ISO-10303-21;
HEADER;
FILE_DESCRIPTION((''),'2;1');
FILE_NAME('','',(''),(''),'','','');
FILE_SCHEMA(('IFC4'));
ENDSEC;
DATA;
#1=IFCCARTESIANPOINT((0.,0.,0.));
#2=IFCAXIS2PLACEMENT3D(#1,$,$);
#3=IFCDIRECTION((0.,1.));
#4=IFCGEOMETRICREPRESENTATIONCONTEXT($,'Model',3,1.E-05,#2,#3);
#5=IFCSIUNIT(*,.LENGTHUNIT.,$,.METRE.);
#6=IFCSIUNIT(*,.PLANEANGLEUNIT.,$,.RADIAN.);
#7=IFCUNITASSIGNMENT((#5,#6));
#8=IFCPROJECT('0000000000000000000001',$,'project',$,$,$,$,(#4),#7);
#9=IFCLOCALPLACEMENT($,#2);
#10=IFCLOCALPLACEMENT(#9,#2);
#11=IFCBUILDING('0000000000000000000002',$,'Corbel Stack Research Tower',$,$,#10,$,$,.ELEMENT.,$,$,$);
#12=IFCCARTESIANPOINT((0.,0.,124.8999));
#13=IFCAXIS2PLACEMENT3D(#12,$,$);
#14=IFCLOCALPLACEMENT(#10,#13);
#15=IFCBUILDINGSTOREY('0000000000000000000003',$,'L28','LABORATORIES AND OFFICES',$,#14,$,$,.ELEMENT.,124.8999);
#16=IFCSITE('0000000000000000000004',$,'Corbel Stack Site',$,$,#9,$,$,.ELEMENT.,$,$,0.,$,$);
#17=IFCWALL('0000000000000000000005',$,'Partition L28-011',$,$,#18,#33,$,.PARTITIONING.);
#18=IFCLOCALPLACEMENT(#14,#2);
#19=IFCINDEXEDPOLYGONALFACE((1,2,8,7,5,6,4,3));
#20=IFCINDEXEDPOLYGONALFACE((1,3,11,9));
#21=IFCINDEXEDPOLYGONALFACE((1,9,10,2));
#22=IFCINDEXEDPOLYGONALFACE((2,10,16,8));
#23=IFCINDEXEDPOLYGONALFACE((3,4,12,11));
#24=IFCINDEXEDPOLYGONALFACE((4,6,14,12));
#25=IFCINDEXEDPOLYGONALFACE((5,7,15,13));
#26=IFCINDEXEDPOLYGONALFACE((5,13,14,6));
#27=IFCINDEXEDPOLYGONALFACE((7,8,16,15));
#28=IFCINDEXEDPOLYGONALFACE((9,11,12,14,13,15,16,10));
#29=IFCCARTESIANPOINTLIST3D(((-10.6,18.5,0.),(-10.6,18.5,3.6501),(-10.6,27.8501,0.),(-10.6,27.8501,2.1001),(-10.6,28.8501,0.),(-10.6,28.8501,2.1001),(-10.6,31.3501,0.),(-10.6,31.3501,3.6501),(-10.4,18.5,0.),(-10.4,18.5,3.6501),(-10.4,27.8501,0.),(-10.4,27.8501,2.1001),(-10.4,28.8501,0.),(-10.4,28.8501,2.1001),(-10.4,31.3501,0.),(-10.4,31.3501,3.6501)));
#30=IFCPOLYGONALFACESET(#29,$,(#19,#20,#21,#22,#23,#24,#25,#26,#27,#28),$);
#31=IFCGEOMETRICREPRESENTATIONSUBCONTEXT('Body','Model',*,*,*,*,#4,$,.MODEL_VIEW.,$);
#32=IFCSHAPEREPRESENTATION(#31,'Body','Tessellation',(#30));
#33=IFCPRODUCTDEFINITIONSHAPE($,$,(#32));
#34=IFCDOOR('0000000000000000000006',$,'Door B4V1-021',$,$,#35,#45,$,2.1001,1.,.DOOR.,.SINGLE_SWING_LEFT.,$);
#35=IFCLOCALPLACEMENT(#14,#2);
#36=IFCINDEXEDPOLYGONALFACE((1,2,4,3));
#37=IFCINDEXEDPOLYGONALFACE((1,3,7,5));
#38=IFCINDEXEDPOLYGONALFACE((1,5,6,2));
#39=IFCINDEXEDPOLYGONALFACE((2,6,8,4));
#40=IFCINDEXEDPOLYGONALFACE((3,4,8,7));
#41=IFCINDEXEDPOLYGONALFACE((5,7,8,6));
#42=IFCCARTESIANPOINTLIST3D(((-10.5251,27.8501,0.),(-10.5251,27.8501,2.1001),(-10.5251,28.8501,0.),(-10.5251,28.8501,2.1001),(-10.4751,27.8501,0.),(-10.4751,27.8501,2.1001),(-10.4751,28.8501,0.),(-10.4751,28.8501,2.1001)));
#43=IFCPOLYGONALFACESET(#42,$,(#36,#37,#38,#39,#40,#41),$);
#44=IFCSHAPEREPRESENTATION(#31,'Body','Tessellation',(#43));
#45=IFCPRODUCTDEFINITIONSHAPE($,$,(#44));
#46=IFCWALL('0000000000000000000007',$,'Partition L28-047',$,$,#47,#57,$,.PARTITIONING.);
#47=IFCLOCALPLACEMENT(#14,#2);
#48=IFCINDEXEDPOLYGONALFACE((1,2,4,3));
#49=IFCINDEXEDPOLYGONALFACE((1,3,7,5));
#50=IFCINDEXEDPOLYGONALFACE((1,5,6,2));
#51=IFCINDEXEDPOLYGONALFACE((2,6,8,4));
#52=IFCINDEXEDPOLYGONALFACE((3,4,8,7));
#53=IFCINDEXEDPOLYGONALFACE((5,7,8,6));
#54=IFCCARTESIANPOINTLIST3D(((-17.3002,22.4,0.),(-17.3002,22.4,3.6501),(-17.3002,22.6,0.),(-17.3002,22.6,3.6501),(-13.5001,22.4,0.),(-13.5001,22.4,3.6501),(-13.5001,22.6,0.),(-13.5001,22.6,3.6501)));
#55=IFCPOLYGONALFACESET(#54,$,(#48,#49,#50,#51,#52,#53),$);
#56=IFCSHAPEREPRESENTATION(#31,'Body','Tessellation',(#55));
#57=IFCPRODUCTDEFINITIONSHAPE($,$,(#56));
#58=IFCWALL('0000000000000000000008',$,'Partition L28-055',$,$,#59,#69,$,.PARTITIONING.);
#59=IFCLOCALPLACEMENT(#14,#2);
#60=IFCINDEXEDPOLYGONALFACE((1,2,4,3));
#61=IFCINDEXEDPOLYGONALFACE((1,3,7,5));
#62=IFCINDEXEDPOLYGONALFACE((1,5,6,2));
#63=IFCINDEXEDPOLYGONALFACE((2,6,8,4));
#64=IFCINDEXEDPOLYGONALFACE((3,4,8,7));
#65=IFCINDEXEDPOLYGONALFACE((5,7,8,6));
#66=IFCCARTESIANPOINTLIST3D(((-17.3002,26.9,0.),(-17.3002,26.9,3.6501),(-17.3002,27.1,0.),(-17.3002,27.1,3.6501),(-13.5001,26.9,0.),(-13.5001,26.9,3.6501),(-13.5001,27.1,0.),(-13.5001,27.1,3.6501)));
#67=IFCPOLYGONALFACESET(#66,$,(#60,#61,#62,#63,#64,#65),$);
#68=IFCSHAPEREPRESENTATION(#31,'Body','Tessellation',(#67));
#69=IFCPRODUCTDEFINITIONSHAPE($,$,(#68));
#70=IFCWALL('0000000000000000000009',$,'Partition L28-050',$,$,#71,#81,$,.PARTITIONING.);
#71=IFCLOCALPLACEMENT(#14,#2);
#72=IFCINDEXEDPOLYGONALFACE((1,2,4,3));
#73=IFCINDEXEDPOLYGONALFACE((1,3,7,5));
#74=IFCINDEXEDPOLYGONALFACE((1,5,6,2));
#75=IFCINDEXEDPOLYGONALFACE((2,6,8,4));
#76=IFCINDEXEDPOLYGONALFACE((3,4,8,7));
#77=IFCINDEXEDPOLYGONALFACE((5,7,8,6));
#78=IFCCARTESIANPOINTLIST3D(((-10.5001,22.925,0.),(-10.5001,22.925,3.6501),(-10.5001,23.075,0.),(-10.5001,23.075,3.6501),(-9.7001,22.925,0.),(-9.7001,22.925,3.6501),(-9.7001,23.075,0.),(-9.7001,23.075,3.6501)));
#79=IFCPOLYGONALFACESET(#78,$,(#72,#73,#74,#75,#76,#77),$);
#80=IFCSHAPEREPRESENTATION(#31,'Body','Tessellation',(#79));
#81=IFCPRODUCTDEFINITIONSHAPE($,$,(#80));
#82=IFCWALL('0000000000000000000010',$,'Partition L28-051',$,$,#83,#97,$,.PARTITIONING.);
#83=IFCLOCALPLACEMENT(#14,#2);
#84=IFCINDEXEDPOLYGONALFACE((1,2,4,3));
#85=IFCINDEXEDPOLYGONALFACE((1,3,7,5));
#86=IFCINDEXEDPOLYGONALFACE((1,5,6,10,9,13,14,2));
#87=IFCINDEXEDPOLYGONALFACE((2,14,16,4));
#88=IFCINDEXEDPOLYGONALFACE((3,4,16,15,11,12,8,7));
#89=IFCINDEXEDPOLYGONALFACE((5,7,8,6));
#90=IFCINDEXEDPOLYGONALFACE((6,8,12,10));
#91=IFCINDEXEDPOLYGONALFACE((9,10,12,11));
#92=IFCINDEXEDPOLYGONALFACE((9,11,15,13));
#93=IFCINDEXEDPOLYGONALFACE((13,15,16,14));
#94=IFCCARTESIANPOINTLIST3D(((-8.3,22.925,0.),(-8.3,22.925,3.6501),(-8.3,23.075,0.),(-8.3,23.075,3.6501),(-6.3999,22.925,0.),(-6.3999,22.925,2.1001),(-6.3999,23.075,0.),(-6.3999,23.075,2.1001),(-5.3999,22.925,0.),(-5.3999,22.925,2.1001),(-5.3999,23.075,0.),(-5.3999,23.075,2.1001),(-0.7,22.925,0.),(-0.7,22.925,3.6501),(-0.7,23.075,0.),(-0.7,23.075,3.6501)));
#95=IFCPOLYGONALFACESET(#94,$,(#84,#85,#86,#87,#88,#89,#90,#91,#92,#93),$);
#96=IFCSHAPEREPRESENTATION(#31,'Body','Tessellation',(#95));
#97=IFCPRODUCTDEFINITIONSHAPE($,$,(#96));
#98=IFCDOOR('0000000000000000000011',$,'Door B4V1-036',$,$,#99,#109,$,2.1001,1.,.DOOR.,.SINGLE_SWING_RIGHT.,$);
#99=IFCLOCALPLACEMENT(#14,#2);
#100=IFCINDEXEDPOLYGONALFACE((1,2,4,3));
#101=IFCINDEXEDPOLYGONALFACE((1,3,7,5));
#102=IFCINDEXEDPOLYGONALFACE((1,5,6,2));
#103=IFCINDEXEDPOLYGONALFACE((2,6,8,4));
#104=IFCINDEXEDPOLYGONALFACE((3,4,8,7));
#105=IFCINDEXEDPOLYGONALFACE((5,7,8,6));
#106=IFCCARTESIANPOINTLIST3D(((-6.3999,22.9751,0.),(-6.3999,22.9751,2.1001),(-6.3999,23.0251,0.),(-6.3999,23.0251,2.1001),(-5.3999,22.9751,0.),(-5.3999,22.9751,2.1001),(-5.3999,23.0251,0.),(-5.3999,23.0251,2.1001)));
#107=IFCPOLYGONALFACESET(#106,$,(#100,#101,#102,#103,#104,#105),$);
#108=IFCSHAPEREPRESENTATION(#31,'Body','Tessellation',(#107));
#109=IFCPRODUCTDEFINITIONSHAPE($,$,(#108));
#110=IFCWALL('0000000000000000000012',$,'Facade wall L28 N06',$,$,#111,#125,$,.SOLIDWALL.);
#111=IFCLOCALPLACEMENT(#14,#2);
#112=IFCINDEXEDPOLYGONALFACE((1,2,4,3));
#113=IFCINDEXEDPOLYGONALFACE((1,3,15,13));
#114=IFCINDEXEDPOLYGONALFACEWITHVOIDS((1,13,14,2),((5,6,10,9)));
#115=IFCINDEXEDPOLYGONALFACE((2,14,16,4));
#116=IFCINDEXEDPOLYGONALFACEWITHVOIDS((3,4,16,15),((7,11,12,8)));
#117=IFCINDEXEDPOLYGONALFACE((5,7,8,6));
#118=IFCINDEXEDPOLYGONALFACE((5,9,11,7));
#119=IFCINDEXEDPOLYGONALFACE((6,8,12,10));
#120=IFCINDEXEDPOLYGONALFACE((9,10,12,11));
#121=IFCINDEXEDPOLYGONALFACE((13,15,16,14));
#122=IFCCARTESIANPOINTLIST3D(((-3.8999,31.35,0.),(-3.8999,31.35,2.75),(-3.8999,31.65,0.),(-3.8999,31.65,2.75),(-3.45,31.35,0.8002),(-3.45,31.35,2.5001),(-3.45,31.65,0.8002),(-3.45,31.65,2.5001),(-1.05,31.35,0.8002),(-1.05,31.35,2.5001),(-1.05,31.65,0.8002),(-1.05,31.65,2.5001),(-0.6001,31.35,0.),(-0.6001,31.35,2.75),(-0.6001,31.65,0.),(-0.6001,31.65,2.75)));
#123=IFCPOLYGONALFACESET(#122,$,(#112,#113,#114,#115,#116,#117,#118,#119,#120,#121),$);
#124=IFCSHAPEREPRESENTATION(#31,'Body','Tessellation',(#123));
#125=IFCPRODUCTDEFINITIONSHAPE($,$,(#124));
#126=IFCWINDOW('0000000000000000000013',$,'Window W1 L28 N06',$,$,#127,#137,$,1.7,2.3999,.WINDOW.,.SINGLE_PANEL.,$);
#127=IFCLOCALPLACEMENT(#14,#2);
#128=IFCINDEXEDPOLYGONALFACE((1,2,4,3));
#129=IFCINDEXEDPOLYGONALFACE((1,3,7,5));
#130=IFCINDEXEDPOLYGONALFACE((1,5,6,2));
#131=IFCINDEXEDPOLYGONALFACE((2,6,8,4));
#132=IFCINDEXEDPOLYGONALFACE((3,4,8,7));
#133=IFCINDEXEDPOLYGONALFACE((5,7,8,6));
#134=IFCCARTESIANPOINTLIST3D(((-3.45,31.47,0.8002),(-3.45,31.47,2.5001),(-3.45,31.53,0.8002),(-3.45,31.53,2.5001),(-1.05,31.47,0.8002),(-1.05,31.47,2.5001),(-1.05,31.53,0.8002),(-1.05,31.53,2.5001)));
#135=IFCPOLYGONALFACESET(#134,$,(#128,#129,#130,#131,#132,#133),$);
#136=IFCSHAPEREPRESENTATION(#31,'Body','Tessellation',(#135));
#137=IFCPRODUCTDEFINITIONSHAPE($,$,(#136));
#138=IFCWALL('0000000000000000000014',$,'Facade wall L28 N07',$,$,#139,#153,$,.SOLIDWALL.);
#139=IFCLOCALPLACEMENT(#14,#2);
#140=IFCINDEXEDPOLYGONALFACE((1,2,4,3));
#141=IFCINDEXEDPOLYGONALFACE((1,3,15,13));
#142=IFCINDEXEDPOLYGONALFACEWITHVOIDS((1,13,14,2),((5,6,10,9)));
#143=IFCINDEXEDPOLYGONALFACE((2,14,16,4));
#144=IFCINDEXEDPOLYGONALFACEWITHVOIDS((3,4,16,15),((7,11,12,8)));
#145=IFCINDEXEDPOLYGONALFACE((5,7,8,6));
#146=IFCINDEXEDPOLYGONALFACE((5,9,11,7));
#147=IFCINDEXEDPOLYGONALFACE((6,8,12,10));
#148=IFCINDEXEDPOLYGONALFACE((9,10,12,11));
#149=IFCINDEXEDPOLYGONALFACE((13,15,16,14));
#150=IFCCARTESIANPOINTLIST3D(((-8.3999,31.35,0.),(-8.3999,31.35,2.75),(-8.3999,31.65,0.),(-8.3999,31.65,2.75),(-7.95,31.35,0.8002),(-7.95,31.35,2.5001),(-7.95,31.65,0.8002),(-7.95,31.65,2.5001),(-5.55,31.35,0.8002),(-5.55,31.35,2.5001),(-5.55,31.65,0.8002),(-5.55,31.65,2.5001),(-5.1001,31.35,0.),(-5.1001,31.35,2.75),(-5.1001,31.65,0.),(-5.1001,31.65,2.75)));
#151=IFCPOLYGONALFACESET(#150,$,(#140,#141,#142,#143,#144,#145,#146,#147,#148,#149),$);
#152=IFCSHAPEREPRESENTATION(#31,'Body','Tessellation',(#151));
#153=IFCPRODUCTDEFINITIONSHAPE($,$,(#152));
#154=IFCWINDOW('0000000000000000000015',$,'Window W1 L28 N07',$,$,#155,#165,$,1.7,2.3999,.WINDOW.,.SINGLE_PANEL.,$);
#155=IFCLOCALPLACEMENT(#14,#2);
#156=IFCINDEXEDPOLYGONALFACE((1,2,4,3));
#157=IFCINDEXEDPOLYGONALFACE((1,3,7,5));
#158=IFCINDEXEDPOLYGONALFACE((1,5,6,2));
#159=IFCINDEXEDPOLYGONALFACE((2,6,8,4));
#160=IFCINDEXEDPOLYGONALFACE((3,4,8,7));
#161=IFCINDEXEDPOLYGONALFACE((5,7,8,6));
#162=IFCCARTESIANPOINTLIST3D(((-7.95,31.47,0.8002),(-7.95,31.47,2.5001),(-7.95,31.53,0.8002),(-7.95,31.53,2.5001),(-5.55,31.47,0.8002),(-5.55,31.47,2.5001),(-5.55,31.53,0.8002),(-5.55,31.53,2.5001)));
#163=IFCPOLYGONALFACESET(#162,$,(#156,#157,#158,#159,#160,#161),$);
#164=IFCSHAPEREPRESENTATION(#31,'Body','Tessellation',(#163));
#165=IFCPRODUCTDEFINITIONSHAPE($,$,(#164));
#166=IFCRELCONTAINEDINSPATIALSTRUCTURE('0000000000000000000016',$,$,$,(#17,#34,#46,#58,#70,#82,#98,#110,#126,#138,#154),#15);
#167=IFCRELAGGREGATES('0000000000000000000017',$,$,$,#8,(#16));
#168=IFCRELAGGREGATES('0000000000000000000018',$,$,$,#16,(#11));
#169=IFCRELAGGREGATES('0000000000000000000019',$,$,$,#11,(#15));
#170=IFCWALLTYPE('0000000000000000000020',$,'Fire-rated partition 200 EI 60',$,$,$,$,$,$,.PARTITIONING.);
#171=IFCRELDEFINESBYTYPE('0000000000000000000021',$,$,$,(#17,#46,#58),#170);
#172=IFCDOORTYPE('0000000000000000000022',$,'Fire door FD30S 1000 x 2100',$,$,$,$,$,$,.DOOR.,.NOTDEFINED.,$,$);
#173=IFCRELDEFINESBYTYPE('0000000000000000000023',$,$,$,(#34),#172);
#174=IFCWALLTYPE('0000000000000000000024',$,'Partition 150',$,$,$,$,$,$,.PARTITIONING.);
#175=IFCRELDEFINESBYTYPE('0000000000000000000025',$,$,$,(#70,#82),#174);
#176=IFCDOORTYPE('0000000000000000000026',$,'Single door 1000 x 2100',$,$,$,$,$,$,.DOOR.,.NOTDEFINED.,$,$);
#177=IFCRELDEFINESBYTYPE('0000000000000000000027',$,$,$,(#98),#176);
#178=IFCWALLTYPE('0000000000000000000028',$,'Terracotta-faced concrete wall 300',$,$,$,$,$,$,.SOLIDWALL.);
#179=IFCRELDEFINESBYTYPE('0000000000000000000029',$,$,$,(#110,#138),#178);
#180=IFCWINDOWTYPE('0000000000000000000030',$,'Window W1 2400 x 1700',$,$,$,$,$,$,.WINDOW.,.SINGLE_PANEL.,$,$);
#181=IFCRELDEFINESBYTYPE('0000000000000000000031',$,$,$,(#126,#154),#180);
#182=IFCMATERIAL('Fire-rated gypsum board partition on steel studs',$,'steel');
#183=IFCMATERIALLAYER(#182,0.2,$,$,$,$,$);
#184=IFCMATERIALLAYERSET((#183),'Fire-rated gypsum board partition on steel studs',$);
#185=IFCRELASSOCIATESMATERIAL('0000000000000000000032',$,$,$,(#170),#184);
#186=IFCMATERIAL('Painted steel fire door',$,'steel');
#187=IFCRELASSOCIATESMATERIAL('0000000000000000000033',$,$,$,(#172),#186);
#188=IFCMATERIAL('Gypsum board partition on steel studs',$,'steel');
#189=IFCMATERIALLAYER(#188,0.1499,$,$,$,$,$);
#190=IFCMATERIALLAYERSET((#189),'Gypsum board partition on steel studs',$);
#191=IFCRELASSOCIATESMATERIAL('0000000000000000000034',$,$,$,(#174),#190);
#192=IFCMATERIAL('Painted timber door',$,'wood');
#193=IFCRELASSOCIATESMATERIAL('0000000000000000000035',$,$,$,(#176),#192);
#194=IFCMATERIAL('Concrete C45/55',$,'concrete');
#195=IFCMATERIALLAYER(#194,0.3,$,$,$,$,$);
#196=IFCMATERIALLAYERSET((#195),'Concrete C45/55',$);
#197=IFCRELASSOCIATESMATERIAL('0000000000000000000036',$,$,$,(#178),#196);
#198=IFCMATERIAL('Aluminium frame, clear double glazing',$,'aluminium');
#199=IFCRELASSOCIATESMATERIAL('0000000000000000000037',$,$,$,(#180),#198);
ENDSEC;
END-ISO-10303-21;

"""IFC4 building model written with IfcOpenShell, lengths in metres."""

from ifc_helpers import new_model, si_unit, direction, frame, frame_2d, origin, place, context, subcontext, project, spatial, rectangle, extrude, material, layer, layer_set, type_object, element, fill, save


model = new_model("IFC4")

# Units and contexts
model_context = context("Model", 3, precision=1e-05, world=origin(), true_north=direction((0.0, 1.0)))
body_context = subcontext(model_context, "Body", "Model", "MODEL_VIEW")
ifc_project = project(units=[si_unit("LENGTHUNIT", "METRE"), si_unit("PLANEANGLEUNIT", "RADIAN")], contexts=[model_context])

# Site, building, storey
site_placement = place(None, origin())
site = spatial("IfcSite", under=ifc_project, at=site_placement, Name="Corbel Stack Site", CompositionType="ELEMENT", RefElevation=0.0)
building_placement = place(site_placement, origin())
building = spatial("IfcBuilding", under=site, at=building_placement, Name="Corbel Stack Research Tower", CompositionType="ELEMENT")
storey_placement = place(building_placement, frame((0.0, 0.0, 124.8999)))
storey = spatial("IfcBuildingStorey", under=building, at=storey_placement, Name="L28", Description="LABORATORIES AND OFFICES", CompositionType="ELEMENT", Elevation=124.8999)

# Wall, opening, door
ifc_material_1 = material(Name="Fire-rated gypsum board partition on steel studs", Category="steel")
ifc_layer_1 = layer(ifc_material_1, 0.2)
ifc_layer_set_1 = layer_set([ifc_layer_1], Name="Fire-rated gypsum board partition on steel studs")
wall_type_1 = type_object("IfcWallType", Name="Fire-rated partition 200 EI 60", PredefinedType="PARTITIONING", material=ifc_layer_set_1)
wall_1_placement = place(storey_placement, frame((-10.5, 31.3501, 0.0), z_axis=(0.0, 0.0, 1.0), x_axis=(0.0, -1.0, 0.0)))
wall_1 = element("IfcWall", 1, at=wall_1_placement, inside=storey, type_object=wall_type_1, Name="Partition L28-011", PredefinedType="PARTITIONING", context=body_context, shape_type="SweptSolid", body=[
    extrude(rectangle(XDim=12.8501, YDim=0.2, at=frame_2d((6.425, 0.0))), origin(), (0.0, 0.0, 1.0), 3.6501),
])
opening_1_placement = place(wall_1_placement, frame((2.5, 0.0, 0.0)))
opening_1 = element("IfcOpeningElement", 2, at=opening_1_placement, cuts=wall_1, PredefinedType="OPENING", context=body_context, shape_type="SweptSolid", body=[
    extrude(rectangle(XDim=1.0, YDim=2.1001, at=frame_2d((0.5, 1.05))), frame((0.0, 0.1099, 0.0), z_axis=(0.0, -1.0, 0.0), x_axis=(1.0, 0.0, 0.0)), (0.0, 0.0, 1.0), 0.22),
])
ifc_material_2 = material(Name="Painted steel fire door", Category="steel")
door_type_1 = type_object("IfcDoorType", Name="Fire door FD30S 1000 x 2100", OperationType="NOTDEFINED", PredefinedType="DOOR", material=ifc_material_2)
door_1_placement = place(opening_1_placement, origin())
door_1 = element("IfcDoor", 3, at=door_1_placement, inside=storey, type_object=door_type_1, Name="Door B4V1-021", OperationType="SINGLE_SWING_LEFT", OverallHeight=2.1001, OverallWidth=1.0, PredefinedType="DOOR", context=body_context, shape_type="SweptSolid", body=[
    extrude(rectangle(XDim=1.0, YDim=2.1001, at=frame_2d((0.5, 1.05))), frame((0.0, 0.0249, 0.0), z_axis=(0.0, -1.0, 0.0), x_axis=(1.0, 0.0, 0.0)), (0.0, 0.0, 1.0), 0.05),
])
fill(opening_1, door_1)

# Walls
for number, where, z_axis, x_axis, name in (
    (4, (-17.3, 22.5, 0.0), (0.0, 0.0, 1.0), (1.0, 0.0, 0.0), "Partition L28-047"),
    (5, (-17.3, 27.0, 0.0), (0.0, 0.0, 1.0), (1.0, 0.0, 0.0), "Partition L28-055"),
):
    element("IfcWall", number, at=place(storey_placement, frame(where, z_axis=z_axis, x_axis=x_axis)), inside=storey, type_object=wall_type_1, Name=name, PredefinedType="PARTITIONING", context=body_context, shape_type="SweptSolid", body=[
        extrude(rectangle(XDim=3.8, YDim=0.2, at=frame_2d((1.8999, 0.0))), origin(), (0.0, 0.0, 1.0), 3.6501),
    ])
ifc_material_3 = material(Name="Gypsum board partition on steel studs", Category="steel")
ifc_layer_2 = layer(ifc_material_3, 0.1499)
ifc_layer_set_2 = layer_set([ifc_layer_2], Name="Gypsum board partition on steel studs")
wall_type_2 = type_object("IfcWallType", Name="Partition 150", PredefinedType="PARTITIONING", material=ifc_layer_set_2)
wall_2_placement = place(storey_placement, frame((-10.5, 23.0, 0.0), z_axis=(0.0, 0.0, 1.0), x_axis=(1.0, 0.0, 0.0)))
element("IfcWall", 6, at=wall_2_placement, inside=storey, type_object=wall_type_2, Name="Partition L28-050", PredefinedType="PARTITIONING", context=body_context, shape_type="SweptSolid", body=[
    extrude(rectangle(XDim=0.8, YDim=0.1499, at=frame_2d((0.3999, 0.0))), origin(), (0.0, 0.0, 1.0), 3.6501),
])

# Wall, opening, door
wall_3_placement = place(storey_placement, frame((-0.7, 23.0, 0.0), z_axis=(0.0, 0.0, 1.0), x_axis=(-1.0, 0.0, 0.0)))
wall_3 = element("IfcWall", 7, at=wall_3_placement, inside=storey, type_object=wall_type_2, Name="Partition L28-051", PredefinedType="PARTITIONING", context=body_context, shape_type="SweptSolid", body=[
    extrude(rectangle(XDim=7.6001, YDim=0.1499, at=frame_2d((3.8, 0.0))), origin(), (0.0, 0.0, 1.0), 3.6501),
])
opening_2_placement = place(wall_3_placement, frame((4.7, 0.0, 0.0)))
opening_2 = element("IfcOpeningElement", 8, at=opening_2_placement, cuts=wall_3, PredefinedType="OPENING", context=body_context, shape_type="SweptSolid", body=[
    extrude(rectangle(XDim=1.0, YDim=2.1001, at=frame_2d((0.5, 1.05))), frame((0.0, 0.085, 0.0), z_axis=(0.0, -1.0, 0.0), x_axis=(1.0, 0.0, 0.0)), (0.0, 0.0, 1.0), 0.1699),
])
ifc_material_4 = material(Name="Painted timber door", Category="wood")
door_type_2 = type_object("IfcDoorType", Name="Single door 1000 x 2100", OperationType="NOTDEFINED", PredefinedType="DOOR", material=ifc_material_4)
door_2_placement = place(opening_2_placement, origin())
door_2 = element("IfcDoor", 9, at=door_2_placement, inside=storey, type_object=door_type_2, Name="Door B4V1-036", OperationType="SINGLE_SWING_RIGHT", OverallHeight=2.1001, OverallWidth=1.0, PredefinedType="DOOR", context=body_context, shape_type="SweptSolid", body=[
    extrude(rectangle(XDim=1.0, YDim=2.1001, at=frame_2d((0.5, 1.05))), frame((0.0, 0.0249, 0.0), z_axis=(0.0, -1.0, 0.0), x_axis=(1.0, 0.0, 0.0)), (0.0, 0.0, 1.0), 0.05),
])
fill(opening_2, door_2)

# Walls, openings, windows
ifc_material_5 = material(Name="Concrete C45/55", Category="concrete")
ifc_layer_3 = layer(ifc_material_5, 0.3)
ifc_layer_set_3 = layer_set([ifc_layer_3], Name="Concrete C45/55")
wall_type_3 = type_object("IfcWallType", Name="Terracotta-faced concrete wall 300", PredefinedType="SOLIDWALL", material=ifc_layer_set_3)
wall_4_placement = place(storey_placement, frame((-3.8999, 31.5, 0.0), z_axis=(0.0, 0.0, 1.0), x_axis=(1.0, 0.0, 0.0)))
wall_4 = element("IfcWall", 10, at=wall_4_placement, inside=storey, type_object=wall_type_3, Name="Facade wall L28 N06", PredefinedType="SOLIDWALL", context=body_context, shape_type="SweptSolid", body=[
    extrude(rectangle(XDim=3.2998, YDim=0.3, at=frame_2d((1.6499, 0.0))), origin(), (0.0, 0.0, 1.0), 2.75),
])
opening_3_placement = place(wall_4_placement, frame((0.45, 0.0, 0.8)))
opening_3 = element("IfcOpeningElement", 11, at=opening_3_placement, cuts=wall_4, PredefinedType="OPENING", context=body_context, shape_type="SweptSolid", body=[
    extrude(rectangle(XDim=2.3999, YDim=1.7, at=frame_2d((1.2, 0.8501))), frame((0.0, 0.1599, 0.0), z_axis=(0.0, -1.0, 0.0), x_axis=(1.0, 0.0, 0.0)), (0.0, 0.0, 1.0), 0.3201),
])
ifc_material_6 = material(Name="Aluminium frame, clear double glazing", Category="aluminium")
window_type_1 = type_object("IfcWindowType", Name="Window W1 2400 x 1700", PartitioningType="SINGLE_PANEL", PredefinedType="WINDOW", material=ifc_material_6)
window_1_placement = place(opening_3_placement, origin())
window_1 = element("IfcWindow", 12, at=window_1_placement, inside=storey, type_object=window_type_1, Name="Window W1 L28 N06", OverallHeight=1.7, OverallWidth=2.3999, PartitioningType="SINGLE_PANEL", PredefinedType="WINDOW", context=body_context, shape_type="SweptSolid", body=[
    extrude(rectangle(XDim=2.3999, YDim=1.7, at=frame_2d((1.2, 0.8501))), frame((0.0, 0.03, 0.0), z_axis=(0.0, -1.0, 0.0), x_axis=(1.0, 0.0, 0.0)), (0.0, 0.0, 1.0), 0.0601),
])
fill(opening_3, window_1)
wall_5_placement = place(storey_placement, frame((-8.3999, 31.5, 0.0), z_axis=(0.0, 0.0, 1.0), x_axis=(1.0, 0.0, 0.0)))
wall_5 = element("IfcWall", 13, at=wall_5_placement, inside=storey, type_object=wall_type_3, Name="Facade wall L28 N07", PredefinedType="SOLIDWALL", context=body_context, shape_type="SweptSolid", body=[
    extrude(rectangle(XDim=3.2998, YDim=0.3, at=frame_2d((1.6499, 0.0))), origin(), (0.0, 0.0, 1.0), 2.75),
])
opening_4_placement = place(wall_5_placement, frame((0.45, 0.0, 0.8)))
opening_4 = element("IfcOpeningElement", 14, at=opening_4_placement, cuts=wall_5, PredefinedType="OPENING", context=body_context, shape_type="SweptSolid", body=[
    extrude(rectangle(XDim=2.3999, YDim=1.7, at=frame_2d((1.2, 0.8501))), frame((0.0, 0.1599, 0.0), z_axis=(0.0, -1.0, 0.0), x_axis=(1.0, 0.0, 0.0)), (0.0, 0.0, 1.0), 0.3201),
])
window_2_placement = place(opening_4_placement, origin())
window_2 = element("IfcWindow", 15, at=window_2_placement, inside=storey, type_object=window_type_1, Name="Window W1 L28 N07", OverallHeight=1.7, OverallWidth=2.3999, PartitioningType="SINGLE_PANEL", PredefinedType="WINDOW", context=body_context, shape_type="SweptSolid", body=[
    extrude(rectangle(XDim=2.3999, YDim=1.7, at=frame_2d((1.2, 0.8501))), frame((0.0, 0.03, 0.0), z_axis=(0.0, -1.0, 0.0), x_axis=(1.0, 0.0, 0.0)), (0.0, 0.0, 1.0), 0.0601),
])
fill(opening_4, window_2)

save(model, "model.ifc")
